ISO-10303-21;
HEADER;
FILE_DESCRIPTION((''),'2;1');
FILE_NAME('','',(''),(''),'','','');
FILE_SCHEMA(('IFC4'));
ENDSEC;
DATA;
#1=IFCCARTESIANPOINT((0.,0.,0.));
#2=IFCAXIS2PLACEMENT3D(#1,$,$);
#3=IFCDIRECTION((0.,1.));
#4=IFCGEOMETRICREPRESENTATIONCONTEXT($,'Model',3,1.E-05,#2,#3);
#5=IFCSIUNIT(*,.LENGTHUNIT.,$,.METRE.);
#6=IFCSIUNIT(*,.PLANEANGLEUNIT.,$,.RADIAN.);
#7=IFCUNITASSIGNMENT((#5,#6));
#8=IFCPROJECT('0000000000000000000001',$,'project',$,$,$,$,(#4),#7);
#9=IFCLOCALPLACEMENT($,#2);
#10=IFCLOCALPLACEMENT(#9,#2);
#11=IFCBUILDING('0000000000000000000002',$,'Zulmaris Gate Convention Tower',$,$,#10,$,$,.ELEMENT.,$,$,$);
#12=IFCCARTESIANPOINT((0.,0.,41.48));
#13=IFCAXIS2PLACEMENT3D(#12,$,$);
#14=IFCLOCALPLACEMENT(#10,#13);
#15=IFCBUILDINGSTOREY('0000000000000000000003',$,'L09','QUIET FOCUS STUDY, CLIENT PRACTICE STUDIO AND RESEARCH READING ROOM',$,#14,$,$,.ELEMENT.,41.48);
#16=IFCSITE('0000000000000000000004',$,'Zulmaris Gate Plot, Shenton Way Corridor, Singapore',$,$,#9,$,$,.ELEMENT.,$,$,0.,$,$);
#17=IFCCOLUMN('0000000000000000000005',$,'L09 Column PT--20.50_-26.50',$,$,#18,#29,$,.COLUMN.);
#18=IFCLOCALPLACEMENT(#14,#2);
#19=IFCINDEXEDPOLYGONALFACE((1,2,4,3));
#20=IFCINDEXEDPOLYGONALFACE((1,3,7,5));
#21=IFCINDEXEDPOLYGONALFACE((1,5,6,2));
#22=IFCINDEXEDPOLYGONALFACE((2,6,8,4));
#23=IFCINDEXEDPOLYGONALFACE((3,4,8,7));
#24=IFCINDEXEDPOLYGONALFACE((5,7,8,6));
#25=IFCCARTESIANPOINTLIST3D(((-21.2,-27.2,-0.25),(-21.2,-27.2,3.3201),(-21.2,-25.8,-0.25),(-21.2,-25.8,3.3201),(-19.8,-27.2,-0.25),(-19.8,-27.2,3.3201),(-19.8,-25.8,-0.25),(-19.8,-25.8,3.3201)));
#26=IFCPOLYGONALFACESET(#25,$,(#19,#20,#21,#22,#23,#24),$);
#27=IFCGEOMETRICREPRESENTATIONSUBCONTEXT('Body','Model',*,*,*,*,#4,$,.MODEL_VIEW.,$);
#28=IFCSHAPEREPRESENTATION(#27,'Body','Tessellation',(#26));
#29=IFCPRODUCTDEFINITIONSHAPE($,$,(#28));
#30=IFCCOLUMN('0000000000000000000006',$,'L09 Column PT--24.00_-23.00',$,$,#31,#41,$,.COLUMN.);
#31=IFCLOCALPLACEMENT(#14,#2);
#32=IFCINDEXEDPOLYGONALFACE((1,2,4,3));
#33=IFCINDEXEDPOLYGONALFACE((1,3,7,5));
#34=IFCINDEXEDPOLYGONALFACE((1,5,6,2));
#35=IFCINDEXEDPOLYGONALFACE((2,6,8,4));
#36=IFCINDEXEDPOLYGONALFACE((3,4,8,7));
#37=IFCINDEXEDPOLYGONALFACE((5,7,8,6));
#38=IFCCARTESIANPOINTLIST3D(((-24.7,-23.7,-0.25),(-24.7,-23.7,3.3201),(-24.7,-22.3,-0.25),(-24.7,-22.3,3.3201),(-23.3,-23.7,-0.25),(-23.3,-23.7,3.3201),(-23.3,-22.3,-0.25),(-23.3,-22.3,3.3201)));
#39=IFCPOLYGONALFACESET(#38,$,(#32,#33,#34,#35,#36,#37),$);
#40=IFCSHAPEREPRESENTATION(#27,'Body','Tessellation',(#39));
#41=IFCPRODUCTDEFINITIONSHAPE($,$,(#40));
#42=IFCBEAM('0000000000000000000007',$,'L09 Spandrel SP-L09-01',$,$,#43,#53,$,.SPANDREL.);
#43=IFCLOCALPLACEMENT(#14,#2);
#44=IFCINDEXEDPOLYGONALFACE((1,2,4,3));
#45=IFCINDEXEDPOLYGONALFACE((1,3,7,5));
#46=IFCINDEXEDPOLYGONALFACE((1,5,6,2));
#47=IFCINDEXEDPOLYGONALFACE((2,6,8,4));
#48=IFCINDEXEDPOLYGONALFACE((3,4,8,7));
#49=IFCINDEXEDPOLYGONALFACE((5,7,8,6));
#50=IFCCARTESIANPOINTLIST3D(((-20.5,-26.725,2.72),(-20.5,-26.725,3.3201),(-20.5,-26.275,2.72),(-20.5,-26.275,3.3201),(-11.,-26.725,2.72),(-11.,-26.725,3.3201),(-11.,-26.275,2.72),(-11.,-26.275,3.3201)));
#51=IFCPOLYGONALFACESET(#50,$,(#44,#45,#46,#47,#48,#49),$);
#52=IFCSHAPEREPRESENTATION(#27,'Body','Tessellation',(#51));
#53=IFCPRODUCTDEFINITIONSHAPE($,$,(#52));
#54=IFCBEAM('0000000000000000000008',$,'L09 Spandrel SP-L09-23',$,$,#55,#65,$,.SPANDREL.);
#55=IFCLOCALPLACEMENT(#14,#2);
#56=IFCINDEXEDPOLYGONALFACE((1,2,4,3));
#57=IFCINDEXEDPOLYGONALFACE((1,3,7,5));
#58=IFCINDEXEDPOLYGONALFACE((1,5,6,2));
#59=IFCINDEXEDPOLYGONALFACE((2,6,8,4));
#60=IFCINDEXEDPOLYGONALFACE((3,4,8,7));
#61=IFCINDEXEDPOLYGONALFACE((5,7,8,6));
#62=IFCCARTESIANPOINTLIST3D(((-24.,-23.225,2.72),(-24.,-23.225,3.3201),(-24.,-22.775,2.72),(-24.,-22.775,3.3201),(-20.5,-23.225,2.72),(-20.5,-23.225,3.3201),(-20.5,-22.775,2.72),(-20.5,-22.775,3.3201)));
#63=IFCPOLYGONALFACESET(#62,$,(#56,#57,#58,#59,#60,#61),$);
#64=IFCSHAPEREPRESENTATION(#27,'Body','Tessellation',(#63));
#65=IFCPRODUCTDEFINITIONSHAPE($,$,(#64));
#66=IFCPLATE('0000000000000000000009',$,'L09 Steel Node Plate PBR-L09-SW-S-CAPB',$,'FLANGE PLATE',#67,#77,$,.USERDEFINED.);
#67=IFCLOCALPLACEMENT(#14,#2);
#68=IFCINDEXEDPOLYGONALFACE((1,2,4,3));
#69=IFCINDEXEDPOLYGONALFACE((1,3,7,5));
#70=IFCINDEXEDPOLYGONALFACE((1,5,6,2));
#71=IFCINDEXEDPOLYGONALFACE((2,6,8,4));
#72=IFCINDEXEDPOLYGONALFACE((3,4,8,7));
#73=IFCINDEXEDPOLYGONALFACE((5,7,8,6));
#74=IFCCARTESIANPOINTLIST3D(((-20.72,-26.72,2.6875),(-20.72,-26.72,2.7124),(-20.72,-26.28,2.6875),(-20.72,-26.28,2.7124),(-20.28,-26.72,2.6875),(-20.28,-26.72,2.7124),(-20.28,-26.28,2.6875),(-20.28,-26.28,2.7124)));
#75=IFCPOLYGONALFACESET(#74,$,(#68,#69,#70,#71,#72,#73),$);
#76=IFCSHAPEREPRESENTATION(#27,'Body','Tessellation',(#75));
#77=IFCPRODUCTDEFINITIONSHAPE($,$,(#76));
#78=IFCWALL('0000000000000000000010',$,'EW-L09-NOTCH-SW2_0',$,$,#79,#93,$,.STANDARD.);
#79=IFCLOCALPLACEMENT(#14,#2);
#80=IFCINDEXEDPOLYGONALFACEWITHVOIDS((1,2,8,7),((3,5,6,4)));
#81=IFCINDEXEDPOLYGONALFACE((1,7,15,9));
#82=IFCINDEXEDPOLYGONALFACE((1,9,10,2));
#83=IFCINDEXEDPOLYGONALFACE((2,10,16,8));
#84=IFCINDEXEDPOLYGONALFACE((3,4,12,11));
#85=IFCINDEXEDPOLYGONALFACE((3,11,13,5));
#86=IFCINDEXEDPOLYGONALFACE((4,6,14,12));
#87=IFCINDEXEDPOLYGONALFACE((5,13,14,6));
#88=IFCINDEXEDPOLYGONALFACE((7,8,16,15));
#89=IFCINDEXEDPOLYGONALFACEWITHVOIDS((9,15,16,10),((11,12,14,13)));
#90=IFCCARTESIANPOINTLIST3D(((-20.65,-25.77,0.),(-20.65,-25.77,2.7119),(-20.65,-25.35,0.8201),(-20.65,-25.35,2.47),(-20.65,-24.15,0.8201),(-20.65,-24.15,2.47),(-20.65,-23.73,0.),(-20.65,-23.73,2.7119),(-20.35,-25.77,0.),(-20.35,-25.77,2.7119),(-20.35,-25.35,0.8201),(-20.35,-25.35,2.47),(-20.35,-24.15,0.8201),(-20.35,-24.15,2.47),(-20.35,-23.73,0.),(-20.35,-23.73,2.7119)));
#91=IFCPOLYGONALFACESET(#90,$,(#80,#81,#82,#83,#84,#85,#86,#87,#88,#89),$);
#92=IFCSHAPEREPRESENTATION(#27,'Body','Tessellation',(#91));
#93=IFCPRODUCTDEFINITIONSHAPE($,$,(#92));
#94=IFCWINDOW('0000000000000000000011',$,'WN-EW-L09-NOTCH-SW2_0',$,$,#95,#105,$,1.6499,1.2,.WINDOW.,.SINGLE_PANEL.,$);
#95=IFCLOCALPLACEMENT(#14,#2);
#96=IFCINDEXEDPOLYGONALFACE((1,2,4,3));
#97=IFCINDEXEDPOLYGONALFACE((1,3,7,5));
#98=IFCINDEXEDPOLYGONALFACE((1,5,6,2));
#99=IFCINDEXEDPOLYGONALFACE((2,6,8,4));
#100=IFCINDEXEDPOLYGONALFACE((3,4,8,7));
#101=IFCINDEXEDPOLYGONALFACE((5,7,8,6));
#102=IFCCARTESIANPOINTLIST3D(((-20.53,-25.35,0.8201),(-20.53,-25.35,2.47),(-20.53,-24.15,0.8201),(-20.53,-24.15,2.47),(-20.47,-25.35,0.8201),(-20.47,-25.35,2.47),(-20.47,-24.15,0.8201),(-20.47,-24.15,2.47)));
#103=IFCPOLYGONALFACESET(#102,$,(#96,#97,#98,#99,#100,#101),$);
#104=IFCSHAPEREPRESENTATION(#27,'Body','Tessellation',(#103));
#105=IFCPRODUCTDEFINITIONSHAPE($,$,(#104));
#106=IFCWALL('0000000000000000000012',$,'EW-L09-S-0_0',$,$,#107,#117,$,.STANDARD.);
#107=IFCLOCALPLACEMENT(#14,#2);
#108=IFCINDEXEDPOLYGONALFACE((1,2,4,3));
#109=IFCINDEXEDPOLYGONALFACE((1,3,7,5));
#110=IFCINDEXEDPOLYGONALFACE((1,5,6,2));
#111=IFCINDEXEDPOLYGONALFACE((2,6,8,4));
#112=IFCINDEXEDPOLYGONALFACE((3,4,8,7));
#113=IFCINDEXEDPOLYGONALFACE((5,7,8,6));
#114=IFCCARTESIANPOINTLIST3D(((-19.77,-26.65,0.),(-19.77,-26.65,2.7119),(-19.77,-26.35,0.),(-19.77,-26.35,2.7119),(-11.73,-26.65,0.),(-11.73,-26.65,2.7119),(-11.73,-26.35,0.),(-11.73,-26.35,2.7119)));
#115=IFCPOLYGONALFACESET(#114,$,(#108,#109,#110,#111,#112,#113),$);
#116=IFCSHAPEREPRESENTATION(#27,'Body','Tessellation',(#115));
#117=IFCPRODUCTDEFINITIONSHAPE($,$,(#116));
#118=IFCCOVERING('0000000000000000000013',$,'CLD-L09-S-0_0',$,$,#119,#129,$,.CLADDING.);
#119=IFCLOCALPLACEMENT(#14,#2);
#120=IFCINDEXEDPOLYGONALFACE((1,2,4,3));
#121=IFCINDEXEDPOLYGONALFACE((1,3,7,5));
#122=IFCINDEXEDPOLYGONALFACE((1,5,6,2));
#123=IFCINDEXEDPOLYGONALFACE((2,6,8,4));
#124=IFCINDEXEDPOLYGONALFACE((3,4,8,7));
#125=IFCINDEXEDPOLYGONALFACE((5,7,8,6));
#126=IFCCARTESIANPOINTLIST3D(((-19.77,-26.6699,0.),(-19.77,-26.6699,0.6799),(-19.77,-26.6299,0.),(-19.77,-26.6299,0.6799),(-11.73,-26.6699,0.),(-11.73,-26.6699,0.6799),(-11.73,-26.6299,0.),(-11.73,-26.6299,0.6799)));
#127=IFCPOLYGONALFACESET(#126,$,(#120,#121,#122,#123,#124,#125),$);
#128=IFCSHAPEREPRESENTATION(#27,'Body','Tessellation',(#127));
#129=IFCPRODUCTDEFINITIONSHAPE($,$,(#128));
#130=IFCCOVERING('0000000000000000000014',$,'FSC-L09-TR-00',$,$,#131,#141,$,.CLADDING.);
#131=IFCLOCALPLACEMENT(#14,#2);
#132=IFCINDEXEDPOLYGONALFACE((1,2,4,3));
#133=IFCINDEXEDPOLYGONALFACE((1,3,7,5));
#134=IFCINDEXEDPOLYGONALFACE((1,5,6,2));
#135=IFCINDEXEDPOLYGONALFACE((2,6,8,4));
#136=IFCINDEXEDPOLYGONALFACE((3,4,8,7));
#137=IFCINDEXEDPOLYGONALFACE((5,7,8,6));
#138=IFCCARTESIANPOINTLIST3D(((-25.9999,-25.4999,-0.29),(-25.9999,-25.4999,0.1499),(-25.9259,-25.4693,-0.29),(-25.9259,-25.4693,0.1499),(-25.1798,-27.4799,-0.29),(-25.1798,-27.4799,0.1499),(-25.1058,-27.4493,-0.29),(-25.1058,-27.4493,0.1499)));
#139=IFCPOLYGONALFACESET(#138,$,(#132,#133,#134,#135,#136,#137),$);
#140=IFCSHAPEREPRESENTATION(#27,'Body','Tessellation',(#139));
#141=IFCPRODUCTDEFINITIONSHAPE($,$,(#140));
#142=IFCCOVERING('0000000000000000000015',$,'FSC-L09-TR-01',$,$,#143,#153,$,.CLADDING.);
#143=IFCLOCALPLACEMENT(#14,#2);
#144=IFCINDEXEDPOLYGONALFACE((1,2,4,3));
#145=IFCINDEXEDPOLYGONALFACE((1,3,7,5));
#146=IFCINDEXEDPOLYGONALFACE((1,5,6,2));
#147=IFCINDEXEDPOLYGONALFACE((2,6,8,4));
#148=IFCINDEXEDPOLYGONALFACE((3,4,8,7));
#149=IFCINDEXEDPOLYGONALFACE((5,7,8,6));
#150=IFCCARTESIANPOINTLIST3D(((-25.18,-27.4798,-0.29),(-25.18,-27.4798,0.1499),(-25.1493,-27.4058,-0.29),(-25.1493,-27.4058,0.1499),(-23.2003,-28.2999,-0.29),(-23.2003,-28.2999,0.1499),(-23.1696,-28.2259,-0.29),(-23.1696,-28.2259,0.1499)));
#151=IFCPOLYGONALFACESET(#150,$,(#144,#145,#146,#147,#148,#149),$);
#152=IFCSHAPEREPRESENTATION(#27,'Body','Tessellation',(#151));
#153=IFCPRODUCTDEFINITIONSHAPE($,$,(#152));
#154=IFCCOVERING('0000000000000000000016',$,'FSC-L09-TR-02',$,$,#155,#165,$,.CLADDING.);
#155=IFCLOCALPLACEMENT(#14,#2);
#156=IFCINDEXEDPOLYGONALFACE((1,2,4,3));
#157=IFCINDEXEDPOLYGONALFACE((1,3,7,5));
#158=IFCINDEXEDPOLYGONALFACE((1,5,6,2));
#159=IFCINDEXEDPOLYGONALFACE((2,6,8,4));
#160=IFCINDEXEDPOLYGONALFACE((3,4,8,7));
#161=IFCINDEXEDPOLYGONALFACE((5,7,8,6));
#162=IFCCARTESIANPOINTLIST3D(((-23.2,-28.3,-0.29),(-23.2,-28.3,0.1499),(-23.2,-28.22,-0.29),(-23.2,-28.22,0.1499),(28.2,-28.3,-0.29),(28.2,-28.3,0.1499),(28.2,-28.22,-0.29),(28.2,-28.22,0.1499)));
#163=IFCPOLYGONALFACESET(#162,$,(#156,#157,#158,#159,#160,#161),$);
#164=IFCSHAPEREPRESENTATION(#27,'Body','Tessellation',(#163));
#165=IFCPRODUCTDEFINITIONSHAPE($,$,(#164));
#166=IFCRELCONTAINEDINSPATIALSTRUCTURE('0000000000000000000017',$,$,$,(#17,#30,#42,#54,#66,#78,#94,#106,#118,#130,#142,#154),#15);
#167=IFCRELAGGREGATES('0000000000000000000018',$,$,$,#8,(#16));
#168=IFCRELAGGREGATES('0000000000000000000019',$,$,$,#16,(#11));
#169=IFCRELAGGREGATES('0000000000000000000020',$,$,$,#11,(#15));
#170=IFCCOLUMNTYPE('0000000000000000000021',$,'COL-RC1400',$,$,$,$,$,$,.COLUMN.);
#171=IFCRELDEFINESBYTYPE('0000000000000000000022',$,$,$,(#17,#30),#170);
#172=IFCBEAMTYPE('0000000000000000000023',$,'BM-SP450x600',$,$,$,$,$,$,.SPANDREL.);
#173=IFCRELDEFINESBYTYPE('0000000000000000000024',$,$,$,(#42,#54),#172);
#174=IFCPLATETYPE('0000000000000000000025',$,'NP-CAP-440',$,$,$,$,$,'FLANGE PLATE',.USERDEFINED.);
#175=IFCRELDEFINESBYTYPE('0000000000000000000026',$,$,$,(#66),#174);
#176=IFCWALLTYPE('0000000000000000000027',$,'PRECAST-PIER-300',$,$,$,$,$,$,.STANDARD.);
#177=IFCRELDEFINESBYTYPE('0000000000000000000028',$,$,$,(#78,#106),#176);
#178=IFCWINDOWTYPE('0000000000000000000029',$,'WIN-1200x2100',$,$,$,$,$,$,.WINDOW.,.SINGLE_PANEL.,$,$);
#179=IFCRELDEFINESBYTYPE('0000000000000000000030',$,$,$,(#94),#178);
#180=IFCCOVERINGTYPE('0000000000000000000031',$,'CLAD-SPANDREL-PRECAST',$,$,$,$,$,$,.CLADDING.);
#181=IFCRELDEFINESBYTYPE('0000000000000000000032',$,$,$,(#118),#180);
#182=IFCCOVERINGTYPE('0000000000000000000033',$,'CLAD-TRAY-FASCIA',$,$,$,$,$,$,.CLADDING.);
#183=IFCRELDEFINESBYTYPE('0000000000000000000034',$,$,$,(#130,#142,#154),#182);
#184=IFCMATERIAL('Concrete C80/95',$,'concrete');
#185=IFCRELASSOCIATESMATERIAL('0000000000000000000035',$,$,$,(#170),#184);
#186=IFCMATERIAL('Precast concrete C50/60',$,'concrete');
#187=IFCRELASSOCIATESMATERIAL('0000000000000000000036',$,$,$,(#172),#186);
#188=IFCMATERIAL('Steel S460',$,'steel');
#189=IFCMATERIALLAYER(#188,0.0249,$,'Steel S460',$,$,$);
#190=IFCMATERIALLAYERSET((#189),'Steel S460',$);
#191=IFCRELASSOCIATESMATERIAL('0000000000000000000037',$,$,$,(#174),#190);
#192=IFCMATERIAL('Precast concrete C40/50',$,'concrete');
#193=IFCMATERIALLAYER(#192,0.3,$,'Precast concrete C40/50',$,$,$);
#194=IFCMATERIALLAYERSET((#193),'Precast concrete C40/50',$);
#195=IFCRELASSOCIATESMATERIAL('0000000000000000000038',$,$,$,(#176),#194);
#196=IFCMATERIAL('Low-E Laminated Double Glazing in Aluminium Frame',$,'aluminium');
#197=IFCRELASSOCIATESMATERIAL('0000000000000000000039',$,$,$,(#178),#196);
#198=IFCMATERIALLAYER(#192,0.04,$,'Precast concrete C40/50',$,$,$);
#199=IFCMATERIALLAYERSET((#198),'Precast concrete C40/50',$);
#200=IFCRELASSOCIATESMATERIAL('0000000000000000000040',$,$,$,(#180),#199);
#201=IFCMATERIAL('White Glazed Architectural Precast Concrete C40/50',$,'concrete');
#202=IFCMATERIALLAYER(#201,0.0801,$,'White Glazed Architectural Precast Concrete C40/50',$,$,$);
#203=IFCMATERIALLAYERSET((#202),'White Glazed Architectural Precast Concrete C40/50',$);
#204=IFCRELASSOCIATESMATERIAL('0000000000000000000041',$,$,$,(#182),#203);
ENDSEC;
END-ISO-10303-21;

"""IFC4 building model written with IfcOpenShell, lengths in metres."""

from ifc_helpers import new_model, si_unit, direction, frame, frame_2d, origin, origin_2d, place, context, subcontext, project, spatial, rectangle, extrude, material, layer, layer_set, material_profile, profile_set, type_object, element, fill, save


model = new_model("IFC4")

# Units and contexts
model_context = context("Model", 3, precision=1e-05, world=origin(), true_north=direction((0.0, 1.0)))
body_context = subcontext(model_context, "Body", "Model", "MODEL_VIEW")
ifc_project = project(units=[si_unit("LENGTHUNIT", "METRE"), si_unit("PLANEANGLEUNIT", "RADIAN")], contexts=[model_context])

# Site, building, storey
site_placement = place(None, origin())
site = spatial("IfcSite", under=ifc_project, at=site_placement, Name="Zulmaris Gate Plot, Shenton Way Corridor, Singapore", CompositionType="ELEMENT", RefElevation=0.0)
building_placement = place(site_placement, origin())
building = spatial("IfcBuilding", under=site, at=building_placement, Name="Zulmaris Gate Convention Tower", CompositionType="ELEMENT")
storey_placement = place(building_placement, frame((0.0, 0.0, 41.48)))
storey = spatial("IfcBuildingStorey", under=building, at=storey_placement, Name="L09", Description="QUIET FOCUS STUDY, CLIENT PRACTICE STUDIO AND RESEARCH READING ROOM", CompositionType="ELEMENT", Elevation=41.48)

# Columns
ifc_material_1 = material(Name="Concrete C80/95", Category="concrete")
ifc_material_profile_1 = material_profile(ifc_material_1, rectangle(XDim=1.3999, YDim=1.3999, at=origin_2d()), Name="RC COL 1400x1400")
ifc_profile_set_1 = profile_set([ifc_material_profile_1], Name="Concrete C80/95")
column_type = type_object("IfcColumnType", Name="COL-RC1400", PredefinedType="COLUMN", material=ifc_profile_set_1)
for number, where, z_axis, x_axis, name in (
    (1, (-20.5, -26.5, -0.25), (0.0, 0.0, 1.0), (1.0, 0.0, 0.0), "L09 Column PT--20.50_-26.50"),
    (2, (-24.0, -23.0, -0.25), (0.0, 0.0, 1.0), (1.0, 0.0, 0.0), "L09 Column PT--24.00_-23.00"),
):
    element("IfcColumn", number, at=place(storey_placement, frame(where, z_axis=z_axis, x_axis=x_axis)), inside=storey, type_object=column_type, Name=name, PredefinedType="COLUMN", context=body_context, shape_type="SweptSolid", body=[
        extrude(rectangle(XDim=1.3999, YDim=1.3999, at=origin_2d()), origin(), (0.0, 0.0, 1.0), 3.5701),
    ])

# Beams
ifc_material_2 = material(Name="Precast concrete C50/60", Category="concrete")
ifc_material_profile_2 = material_profile(ifc_material_2, rectangle(XDim=0.45, YDim=0.6001, at=origin_2d()), Name="RC SPANDREL 450x600")
ifc_profile_set_2 = profile_set([ifc_material_profile_2], Name="Precast concrete C50/60")
beam_type = type_object("IfcBeamType", Name="BM-SP450x600", PredefinedType="SPANDREL", material=ifc_profile_set_2)
beam_1_placement = place(storey_placement, frame((-20.5, -26.5, 3.02), z_axis=(1.0, 0.0, 0.0), x_axis=(0.0, 1.0, 0.0)))
element("IfcBeam", 3, at=beam_1_placement, inside=storey, type_object=beam_type, Name="L09 Spandrel SP-L09-01", PredefinedType="SPANDREL", context=body_context, shape_type="SweptSolid", body=[
    extrude(rectangle(XDim=0.45, YDim=0.6001, at=origin_2d()), origin(), (0.0, 0.0, 1.0), 9.5),
])
beam_2_placement = place(storey_placement, frame((-24.0, -23.0, 3.02), z_axis=(1.0, 0.0, 0.0), x_axis=(0.0, 1.0, 0.0)))
element("IfcBeam", 4, at=beam_2_placement, inside=storey, type_object=beam_type, Name="L09 Spandrel SP-L09-23", PredefinedType="SPANDREL", context=body_context, shape_type="SweptSolid", body=[
    extrude(rectangle(XDim=0.45, YDim=0.6001, at=origin_2d()), origin(), (0.0, 0.0, 1.0), 3.5),
])

# Plate
ifc_material_3 = material(Name="Steel S460", Category="steel")
ifc_layer_1 = layer(ifc_material_3, 0.0249, Name="Steel S460")
ifc_layer_set_1 = layer_set([ifc_layer_1], Name="Steel S460")
plate_type = type_object("IfcPlateType", Name="NP-CAP-440", ElementType="FLANGE PLATE", PredefinedType="USERDEFINED", material=ifc_layer_set_1)
plate_placement = place(storey_placement, frame((-20.5, -26.5, 2.6875), z_axis=(0.0, 0.0, 1.0), x_axis=(1.0, 0.0, 0.0)))
element("IfcPlate", 5, at=plate_placement, inside=storey, type_object=plate_type, Name="L09 Steel Node Plate PBR-L09-SW-S-CAPB", ObjectType="FLANGE PLATE", PredefinedType="USERDEFINED", context=body_context, shape_type="SweptSolid", body=[
    extrude(rectangle(XDim=0.4399, YDim=0.4399, at=origin_2d()), origin(), (0.0, 0.0, 1.0), 0.0249),
])

# Wall, opening, window
ifc_material_4 = material(Name="Precast concrete C40/50", Category="concrete")
ifc_layer_2 = layer(ifc_material_4, 0.3, Name="Precast concrete C40/50")
ifc_layer_set_2 = layer_set([ifc_layer_2], Name="Precast concrete C40/50")
wall_type = type_object("IfcWallType", Name="PRECAST-PIER-300", PredefinedType="STANDARD", material=ifc_layer_set_2)
wall_1_placement = place(storey_placement, frame((-20.5, -23.73, 0.0), z_axis=(0.0, 0.0, 1.0), x_axis=(0.0, -1.0, 0.0)))
wall_1 = element("IfcWall", 6, at=wall_1_placement, inside=storey, type_object=wall_type, Name="EW-L09-NOTCH-SW2_0", PredefinedType="STANDARD", context=body_context, shape_type="SweptSolid", body=[
    extrude(rectangle(XDim=2.04, YDim=0.3, at=frame_2d((1.02, 0.0))), origin(), (0.0, 0.0, 1.0), 2.7119),
])
opening_placement = place(wall_1_placement, frame((0.4199, 0.0, 0.8201)))
opening = element("IfcOpeningElement", 7, at=opening_placement, cuts=wall_1, PredefinedType="OPENING", context=body_context, shape_type="SweptSolid", body=[
    extrude(rectangle(XDim=1.2, YDim=1.6499, at=frame_2d((0.6001, 0.825))), frame((0.0, 0.1602, 0.0), z_axis=(0.0, -1.0, 0.0), x_axis=(1.0, 0.0, 0.0)), (0.0, 0.0, 1.0), 0.3201),
])
ifc_material_5 = material(Name="Low-E Laminated Double Glazing in Aluminium Frame", Category="aluminium")
window_type = type_object("IfcWindowType", Name="WIN-1200x2100", PartitioningType="SINGLE_PANEL", PredefinedType="WINDOW", material=ifc_material_5)
window_placement = place(opening_placement, origin())
window = element("IfcWindow", 8, at=window_placement, inside=storey, type_object=window_type, Name="WN-EW-L09-NOTCH-SW2_0", OverallHeight=1.6499, OverallWidth=1.2, PartitioningType="SINGLE_PANEL", PredefinedType="WINDOW", context=body_context, shape_type="SweptSolid", body=[
    extrude(rectangle(XDim=1.2, YDim=1.6499, at=frame_2d((0.6001, 0.825))), frame((0.0, 0.03, 0.0), z_axis=(0.0, -1.0, 0.0), x_axis=(1.0, 0.0, 0.0)), (0.0, 0.0, 1.0), 0.0601),
])
fill(opening, window)

# Wall
wall_2_placement = place(storey_placement, frame((-19.77, -26.5, 0.0), z_axis=(0.0, 0.0, 1.0), x_axis=(1.0, 0.0, 0.0)))
element("IfcWall", 9, at=wall_2_placement, inside=storey, type_object=wall_type, Name="EW-L09-S-0_0", PredefinedType="STANDARD", context=body_context, shape_type="SweptSolid", body=[
    extrude(rectangle(XDim=8.04, YDim=0.3, at=frame_2d((4.02, 0.0))), origin(), (0.0, 0.0, 1.0), 2.7119),
])

# Coverings
ifc_layer_3 = layer(ifc_material_4, 0.04, Name="Precast concrete C40/50")
ifc_layer_set_3 = layer_set([ifc_layer_3], Name="Precast concrete C40/50")
covering_type_1 = type_object("IfcCoveringType", Name="CLAD-SPANDREL-PRECAST", PredefinedType="CLADDING", material=ifc_layer_set_3)
covering_1_placement = place(storey_placement, frame((-19.77, -26.6499, 0.0), z_axis=(0.0, 0.0, 1.0), x_axis=(1.0, 0.0, 0.0)))
element("IfcCovering", 10, at=covering_1_placement, inside=storey, type_object=covering_type_1, Name="CLD-L09-S-0_0", PredefinedType="CLADDING", context=body_context, shape_type="SweptSolid", body=[
    extrude(rectangle(XDim=8.04, YDim=0.04, at=frame_2d((4.02, 0.0))), origin(), (0.0, 0.0, 1.0), 0.6799),
])
ifc_material_6 = material(Name="White Glazed Architectural Precast Concrete C40/50", Category="concrete")
ifc_layer_4 = layer(ifc_material_6, 0.0801, Name="White Glazed Architectural Precast Concrete C40/50")
ifc_layer_set_4 = layer_set([ifc_layer_4], Name="White Glazed Architectural Precast Concrete C40/50")
covering_type_2 = type_object("IfcCoveringType", Name="CLAD-TRAY-FASCIA", PredefinedType="CLADDING", material=ifc_layer_set_4)
covering_2_placement = place(storey_placement, frame((-25.9629, -25.4846, -0.29), z_axis=(0.0, 0.0, 1.0), x_axis=(0.382657, -0.92389, 0.0)))
element("IfcCovering", 11, at=covering_2_placement, inside=storey, type_object=covering_type_2, Name="FSC-L09-TR-00", PredefinedType="CLADDING", context=body_context, shape_type="SweptSolid", body=[
    extrude(rectangle(XDim=2.1431, YDim=0.0801, at=frame_2d((1.0715, 0.0))), origin(), (0.0, 0.0, 1.0), 0.4399),
])
covering_3_placement = place(storey_placement, frame((-25.1646, -27.4429, -0.29), z_axis=(0.0, 0.0, 1.0), x_axis=(0.923874, -0.382697, 0.0)))
element("IfcCovering", 12, at=covering_3_placement, inside=storey, type_object=covering_type_2, Name="FSC-L09-TR-01", PredefinedType="CLADDING", context=body_context, shape_type="SweptSolid", body=[
    extrude(rectangle(XDim=2.1428, YDim=0.0801, at=frame_2d((1.0713, 0.0))), origin(), (0.0, 0.0, 1.0), 0.4399),
])
covering_4_placement = place(storey_placement, frame((-23.2, -28.26, -0.29), z_axis=(0.0, 0.0, 1.0), x_axis=(1.0, 0.0, 0.0)))
element("IfcCovering", 13, at=covering_4_placement, inside=storey, type_object=covering_type_2, Name="FSC-L09-TR-02", PredefinedType="CLADDING", context=body_context, shape_type="SweptSolid", body=[
    extrude(rectangle(XDim=51.3999, YDim=0.0801, at=frame_2d((25.7, 0.0))), origin(), (0.0, 0.0, 1.0), 0.4399),
])

save(model, "model.ifc")
